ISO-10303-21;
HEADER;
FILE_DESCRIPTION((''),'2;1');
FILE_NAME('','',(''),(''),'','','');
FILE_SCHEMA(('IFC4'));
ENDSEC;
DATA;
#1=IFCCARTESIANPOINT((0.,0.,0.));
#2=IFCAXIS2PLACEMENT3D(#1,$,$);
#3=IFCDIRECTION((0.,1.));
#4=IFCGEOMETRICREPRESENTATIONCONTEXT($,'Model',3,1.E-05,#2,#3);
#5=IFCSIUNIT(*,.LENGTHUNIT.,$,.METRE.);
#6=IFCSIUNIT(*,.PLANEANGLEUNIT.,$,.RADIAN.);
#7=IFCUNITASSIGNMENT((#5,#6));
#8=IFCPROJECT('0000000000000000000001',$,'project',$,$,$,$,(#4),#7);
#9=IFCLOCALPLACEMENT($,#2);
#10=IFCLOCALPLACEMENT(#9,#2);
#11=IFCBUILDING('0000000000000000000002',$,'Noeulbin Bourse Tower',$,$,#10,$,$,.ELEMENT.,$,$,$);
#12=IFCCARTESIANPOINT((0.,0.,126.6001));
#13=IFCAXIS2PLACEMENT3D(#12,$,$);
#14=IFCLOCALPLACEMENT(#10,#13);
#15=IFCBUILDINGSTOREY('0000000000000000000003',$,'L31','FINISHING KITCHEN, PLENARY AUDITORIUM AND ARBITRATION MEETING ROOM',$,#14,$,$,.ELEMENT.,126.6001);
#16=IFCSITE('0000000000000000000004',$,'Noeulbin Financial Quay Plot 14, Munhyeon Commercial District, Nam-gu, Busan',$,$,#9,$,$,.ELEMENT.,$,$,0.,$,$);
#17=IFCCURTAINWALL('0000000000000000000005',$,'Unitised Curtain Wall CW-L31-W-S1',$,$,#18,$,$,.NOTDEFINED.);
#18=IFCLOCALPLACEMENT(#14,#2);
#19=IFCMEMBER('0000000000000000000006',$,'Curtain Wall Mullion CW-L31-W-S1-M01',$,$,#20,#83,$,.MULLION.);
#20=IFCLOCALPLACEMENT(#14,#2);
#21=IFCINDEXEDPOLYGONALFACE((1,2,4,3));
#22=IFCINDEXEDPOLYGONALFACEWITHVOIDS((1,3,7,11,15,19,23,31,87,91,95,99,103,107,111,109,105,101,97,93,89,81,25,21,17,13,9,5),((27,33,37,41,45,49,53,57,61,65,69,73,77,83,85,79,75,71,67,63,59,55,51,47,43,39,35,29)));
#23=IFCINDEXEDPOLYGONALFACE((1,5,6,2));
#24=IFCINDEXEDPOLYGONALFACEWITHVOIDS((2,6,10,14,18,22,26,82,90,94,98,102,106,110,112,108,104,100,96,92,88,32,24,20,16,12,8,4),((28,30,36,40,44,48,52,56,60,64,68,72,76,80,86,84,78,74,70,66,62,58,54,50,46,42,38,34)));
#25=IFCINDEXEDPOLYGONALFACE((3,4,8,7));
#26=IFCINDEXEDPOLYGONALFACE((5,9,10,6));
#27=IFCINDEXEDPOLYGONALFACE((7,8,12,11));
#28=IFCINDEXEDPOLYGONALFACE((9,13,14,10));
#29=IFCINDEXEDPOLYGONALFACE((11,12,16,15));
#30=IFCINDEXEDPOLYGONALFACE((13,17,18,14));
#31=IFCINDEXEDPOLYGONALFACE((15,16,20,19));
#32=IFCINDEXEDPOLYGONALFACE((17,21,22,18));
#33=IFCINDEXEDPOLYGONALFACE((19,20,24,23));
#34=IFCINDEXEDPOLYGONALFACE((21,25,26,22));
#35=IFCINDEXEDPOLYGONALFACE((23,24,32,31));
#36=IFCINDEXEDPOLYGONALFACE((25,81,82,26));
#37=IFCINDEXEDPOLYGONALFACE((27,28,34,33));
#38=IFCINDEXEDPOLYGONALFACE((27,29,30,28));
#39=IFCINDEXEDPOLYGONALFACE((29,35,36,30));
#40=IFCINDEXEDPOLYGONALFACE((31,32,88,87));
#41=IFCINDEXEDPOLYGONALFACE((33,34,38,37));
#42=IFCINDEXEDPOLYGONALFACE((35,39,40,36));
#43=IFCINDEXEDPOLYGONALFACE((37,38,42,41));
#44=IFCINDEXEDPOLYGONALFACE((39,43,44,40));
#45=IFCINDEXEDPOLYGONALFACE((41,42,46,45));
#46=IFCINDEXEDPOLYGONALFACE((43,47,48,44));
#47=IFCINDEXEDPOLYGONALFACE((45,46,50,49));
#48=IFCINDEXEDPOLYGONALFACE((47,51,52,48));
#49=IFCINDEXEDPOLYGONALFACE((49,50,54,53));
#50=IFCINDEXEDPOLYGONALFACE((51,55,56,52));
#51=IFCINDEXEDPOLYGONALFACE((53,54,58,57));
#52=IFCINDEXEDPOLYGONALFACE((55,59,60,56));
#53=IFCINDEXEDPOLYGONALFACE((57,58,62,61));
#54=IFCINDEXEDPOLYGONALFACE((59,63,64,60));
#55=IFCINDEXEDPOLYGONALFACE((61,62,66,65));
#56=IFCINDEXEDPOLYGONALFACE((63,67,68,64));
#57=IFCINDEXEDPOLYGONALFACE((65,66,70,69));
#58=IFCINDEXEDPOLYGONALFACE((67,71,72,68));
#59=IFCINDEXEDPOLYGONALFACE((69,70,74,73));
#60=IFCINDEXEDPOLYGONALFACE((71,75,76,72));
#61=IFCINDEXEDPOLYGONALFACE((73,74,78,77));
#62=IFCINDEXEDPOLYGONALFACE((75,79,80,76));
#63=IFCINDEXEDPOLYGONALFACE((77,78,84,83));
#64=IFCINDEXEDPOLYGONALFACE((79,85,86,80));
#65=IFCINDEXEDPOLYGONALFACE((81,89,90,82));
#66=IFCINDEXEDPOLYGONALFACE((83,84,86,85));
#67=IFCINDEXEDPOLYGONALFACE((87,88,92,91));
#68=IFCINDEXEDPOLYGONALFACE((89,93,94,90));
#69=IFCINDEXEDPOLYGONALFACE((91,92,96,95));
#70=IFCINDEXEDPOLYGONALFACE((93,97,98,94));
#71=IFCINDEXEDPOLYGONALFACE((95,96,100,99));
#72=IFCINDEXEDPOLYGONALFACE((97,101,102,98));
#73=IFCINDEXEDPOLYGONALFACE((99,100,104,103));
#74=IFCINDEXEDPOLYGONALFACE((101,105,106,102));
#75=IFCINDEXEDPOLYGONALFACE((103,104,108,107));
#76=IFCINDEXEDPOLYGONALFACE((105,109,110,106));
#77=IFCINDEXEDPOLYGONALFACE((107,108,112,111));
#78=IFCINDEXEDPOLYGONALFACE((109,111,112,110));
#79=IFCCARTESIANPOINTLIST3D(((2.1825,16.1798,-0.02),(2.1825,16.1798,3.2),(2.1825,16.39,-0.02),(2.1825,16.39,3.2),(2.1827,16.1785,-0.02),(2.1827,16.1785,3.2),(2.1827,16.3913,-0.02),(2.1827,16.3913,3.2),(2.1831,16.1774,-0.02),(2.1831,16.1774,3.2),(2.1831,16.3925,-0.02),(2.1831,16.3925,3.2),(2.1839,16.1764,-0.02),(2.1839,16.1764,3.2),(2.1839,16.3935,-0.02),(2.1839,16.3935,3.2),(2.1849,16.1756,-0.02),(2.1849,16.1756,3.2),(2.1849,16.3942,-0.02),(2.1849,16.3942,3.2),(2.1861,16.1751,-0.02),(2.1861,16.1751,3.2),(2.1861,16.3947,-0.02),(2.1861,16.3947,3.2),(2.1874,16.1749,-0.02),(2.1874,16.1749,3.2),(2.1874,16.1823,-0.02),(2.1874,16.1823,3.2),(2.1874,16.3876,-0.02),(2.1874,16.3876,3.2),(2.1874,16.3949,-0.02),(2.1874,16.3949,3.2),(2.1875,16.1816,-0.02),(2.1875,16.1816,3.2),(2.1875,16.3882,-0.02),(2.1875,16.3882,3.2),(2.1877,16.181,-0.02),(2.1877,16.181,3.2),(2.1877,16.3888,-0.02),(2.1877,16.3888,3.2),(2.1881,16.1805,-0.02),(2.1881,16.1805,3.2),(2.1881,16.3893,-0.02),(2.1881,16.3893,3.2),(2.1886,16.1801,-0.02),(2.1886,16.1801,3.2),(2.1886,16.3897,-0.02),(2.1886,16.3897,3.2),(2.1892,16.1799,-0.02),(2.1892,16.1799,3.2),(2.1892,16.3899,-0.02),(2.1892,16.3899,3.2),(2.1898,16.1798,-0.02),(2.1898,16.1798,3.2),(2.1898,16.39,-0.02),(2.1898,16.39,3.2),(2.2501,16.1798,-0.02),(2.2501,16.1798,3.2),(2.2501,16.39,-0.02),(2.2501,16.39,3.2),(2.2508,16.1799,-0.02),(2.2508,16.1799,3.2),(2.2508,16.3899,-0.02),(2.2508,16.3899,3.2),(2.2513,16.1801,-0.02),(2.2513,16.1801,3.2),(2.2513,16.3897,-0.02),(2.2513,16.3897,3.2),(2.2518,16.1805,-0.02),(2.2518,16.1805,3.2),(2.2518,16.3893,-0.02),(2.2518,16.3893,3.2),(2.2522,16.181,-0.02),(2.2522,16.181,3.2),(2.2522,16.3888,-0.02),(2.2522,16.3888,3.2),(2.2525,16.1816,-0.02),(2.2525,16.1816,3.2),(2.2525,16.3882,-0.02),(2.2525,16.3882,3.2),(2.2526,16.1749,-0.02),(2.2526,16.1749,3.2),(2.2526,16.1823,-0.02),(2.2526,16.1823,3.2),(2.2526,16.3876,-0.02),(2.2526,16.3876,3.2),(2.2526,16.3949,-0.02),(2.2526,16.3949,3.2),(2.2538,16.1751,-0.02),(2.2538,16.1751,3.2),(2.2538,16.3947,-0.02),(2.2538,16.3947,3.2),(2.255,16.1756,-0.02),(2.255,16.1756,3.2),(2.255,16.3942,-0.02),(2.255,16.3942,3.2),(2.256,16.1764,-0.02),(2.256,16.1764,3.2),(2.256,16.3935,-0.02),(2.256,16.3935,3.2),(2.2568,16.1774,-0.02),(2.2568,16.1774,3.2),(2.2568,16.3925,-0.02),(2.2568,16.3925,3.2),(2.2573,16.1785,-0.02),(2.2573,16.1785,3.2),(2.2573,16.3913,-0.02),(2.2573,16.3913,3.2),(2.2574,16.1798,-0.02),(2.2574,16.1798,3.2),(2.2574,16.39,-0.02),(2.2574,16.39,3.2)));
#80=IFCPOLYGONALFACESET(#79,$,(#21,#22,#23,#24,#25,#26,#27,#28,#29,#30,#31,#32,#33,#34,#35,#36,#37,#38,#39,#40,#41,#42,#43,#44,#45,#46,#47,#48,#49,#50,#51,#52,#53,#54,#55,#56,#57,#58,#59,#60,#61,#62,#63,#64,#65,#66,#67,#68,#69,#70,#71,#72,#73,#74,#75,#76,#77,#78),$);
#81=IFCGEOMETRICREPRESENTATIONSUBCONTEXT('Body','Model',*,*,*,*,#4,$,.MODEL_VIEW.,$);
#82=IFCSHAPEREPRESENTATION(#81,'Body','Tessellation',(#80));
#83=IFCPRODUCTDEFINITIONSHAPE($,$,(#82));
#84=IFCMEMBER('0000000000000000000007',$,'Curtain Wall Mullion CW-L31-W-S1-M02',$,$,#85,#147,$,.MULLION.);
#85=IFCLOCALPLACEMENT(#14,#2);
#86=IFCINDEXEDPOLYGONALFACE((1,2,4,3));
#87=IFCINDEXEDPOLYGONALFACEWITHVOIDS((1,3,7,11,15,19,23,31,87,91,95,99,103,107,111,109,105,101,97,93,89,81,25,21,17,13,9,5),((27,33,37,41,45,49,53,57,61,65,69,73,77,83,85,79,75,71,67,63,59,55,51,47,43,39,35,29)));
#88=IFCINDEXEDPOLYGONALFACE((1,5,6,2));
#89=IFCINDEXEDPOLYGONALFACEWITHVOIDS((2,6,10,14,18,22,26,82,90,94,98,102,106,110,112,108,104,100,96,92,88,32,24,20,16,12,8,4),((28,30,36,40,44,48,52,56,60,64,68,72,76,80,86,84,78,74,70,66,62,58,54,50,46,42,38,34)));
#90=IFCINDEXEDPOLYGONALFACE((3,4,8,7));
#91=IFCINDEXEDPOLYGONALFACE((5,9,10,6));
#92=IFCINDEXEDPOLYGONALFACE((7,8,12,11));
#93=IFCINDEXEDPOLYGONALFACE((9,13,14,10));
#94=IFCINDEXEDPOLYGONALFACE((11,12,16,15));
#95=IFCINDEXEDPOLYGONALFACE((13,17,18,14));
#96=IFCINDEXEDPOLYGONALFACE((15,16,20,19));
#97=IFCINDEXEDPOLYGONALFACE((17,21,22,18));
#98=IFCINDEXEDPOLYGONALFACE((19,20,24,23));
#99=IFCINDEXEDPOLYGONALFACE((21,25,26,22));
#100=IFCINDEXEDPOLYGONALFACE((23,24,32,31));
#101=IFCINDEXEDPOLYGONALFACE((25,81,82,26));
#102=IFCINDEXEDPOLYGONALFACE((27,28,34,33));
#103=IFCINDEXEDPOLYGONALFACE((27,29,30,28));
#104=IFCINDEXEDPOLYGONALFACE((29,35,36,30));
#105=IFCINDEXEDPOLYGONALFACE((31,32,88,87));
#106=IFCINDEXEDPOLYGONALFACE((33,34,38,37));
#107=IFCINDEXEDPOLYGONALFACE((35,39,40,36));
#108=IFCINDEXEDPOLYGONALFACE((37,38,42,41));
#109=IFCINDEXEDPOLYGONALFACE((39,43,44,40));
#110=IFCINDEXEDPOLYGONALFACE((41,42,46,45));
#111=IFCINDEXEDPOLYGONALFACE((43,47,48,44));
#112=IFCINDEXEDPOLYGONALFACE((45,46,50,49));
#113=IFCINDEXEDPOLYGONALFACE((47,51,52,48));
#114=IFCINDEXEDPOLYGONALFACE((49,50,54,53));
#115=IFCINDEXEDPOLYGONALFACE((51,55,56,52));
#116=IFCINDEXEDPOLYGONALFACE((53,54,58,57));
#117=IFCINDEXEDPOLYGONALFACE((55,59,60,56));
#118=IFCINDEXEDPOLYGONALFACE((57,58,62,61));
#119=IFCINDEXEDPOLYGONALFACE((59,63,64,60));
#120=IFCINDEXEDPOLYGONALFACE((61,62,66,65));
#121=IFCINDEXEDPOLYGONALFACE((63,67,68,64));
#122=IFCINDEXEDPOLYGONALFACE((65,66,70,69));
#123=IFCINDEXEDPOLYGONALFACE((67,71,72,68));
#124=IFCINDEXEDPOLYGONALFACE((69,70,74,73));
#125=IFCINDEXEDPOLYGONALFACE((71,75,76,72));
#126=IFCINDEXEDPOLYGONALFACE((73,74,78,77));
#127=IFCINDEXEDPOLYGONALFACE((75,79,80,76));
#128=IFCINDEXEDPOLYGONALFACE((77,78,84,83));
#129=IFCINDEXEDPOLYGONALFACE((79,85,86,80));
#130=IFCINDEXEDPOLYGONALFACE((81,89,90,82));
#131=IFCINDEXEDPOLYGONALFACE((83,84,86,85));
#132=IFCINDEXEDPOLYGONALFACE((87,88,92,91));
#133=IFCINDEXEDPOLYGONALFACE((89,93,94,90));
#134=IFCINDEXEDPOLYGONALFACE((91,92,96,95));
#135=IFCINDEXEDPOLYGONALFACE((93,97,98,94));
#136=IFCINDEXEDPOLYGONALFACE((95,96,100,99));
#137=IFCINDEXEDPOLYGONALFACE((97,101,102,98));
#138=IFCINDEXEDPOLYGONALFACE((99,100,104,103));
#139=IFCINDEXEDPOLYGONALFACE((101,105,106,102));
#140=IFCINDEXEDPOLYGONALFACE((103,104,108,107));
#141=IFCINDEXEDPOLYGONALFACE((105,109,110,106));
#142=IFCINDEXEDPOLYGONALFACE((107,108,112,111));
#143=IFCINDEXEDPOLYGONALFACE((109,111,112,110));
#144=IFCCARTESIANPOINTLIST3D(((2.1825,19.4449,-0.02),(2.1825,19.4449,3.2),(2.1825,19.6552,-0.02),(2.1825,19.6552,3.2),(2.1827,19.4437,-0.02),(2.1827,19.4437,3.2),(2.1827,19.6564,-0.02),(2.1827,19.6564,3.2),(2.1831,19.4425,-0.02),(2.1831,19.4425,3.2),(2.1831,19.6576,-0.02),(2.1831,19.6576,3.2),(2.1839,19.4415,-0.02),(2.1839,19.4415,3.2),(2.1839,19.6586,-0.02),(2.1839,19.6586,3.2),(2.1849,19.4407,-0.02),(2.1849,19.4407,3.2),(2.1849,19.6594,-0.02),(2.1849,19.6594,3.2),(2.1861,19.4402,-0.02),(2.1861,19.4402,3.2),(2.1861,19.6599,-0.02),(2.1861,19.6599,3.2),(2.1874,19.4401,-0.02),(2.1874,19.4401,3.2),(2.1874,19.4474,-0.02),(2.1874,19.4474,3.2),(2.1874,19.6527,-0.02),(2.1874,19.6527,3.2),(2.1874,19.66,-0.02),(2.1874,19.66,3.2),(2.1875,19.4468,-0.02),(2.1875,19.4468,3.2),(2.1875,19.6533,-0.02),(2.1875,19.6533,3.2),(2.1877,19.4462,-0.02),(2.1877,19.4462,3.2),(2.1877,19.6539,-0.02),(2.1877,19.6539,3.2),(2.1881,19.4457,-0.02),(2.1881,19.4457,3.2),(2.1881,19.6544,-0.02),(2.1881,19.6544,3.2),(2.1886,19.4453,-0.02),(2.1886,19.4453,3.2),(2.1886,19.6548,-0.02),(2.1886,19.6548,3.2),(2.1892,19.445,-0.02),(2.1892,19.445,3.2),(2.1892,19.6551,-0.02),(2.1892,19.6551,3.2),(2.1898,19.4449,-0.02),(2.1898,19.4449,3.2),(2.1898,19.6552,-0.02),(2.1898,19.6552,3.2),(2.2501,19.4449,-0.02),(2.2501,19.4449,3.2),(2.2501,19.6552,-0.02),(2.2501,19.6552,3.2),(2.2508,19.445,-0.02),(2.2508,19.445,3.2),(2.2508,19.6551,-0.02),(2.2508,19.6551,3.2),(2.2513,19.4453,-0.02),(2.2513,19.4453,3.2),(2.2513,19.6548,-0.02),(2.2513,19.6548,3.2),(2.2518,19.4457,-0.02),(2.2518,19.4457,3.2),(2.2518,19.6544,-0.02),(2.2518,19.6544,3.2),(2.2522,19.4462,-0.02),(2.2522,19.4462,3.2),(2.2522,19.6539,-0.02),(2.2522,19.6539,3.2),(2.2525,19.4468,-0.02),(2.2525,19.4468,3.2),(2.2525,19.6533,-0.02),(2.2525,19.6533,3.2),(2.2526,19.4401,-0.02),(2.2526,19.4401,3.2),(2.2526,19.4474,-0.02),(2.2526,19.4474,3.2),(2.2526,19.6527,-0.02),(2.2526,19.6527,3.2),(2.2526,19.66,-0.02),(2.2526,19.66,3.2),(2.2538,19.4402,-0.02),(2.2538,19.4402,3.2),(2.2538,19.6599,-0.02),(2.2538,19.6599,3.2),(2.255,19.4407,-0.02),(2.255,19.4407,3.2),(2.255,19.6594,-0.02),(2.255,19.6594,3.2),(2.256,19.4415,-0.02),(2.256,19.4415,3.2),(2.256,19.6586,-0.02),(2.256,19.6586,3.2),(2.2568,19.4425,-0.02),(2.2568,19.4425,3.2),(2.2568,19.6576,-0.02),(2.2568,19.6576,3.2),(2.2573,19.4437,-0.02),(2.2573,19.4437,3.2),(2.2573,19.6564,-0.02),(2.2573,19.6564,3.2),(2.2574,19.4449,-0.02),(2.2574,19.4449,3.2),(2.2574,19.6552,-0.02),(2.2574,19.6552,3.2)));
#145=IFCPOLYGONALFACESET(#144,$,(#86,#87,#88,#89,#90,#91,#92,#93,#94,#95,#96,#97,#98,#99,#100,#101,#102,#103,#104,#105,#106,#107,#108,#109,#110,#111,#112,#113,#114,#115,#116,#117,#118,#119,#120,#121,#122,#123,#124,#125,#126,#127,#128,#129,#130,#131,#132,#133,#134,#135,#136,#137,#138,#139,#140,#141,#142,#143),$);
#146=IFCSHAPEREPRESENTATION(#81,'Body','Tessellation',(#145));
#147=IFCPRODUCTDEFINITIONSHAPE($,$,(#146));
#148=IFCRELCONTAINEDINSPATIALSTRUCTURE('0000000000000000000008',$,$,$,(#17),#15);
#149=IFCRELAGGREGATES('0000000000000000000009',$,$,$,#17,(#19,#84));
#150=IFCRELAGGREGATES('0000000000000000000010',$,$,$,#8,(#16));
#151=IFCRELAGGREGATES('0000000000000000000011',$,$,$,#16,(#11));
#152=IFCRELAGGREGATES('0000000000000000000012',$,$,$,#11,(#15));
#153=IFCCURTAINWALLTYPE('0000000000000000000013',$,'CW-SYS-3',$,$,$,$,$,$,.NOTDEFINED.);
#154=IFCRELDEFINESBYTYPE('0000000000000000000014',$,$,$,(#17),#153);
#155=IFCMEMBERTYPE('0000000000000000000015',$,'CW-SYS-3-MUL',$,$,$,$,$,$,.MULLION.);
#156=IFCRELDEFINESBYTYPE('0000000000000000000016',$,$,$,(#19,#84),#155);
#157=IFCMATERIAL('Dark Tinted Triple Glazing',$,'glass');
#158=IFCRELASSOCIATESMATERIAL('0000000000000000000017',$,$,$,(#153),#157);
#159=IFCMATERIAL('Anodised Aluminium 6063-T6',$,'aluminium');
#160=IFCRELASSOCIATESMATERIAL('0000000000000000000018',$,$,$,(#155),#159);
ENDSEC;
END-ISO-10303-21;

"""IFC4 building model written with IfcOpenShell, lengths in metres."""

from ifc_helpers import new_model, si_unit, direction, frame, origin, origin_2d, place, context, subcontext, project, spatial, hollow_rectangle, extrude, material, material_profile, profile_set, type_object, element, aggregate, save


model = new_model("IFC4")

# Units and contexts
model_context = context("Model", 3, precision=1e-05, world=origin(), true_north=direction((0.0, 1.0)))
body_context = subcontext(model_context, "Body", "Model", "MODEL_VIEW")
ifc_project = project(units=[si_unit("LENGTHUNIT", "METRE"), si_unit("PLANEANGLEUNIT", "RADIAN")], contexts=[model_context])

# Site, building, storey
site_placement = place(None, origin())
site = spatial("IfcSite", under=ifc_project, at=site_placement, Name="Noeulbin Financial Quay Plot 14, Munhyeon Commercial District, Nam-gu, Busan", CompositionType="ELEMENT", RefElevation=0.0)
building_placement = place(site_placement, origin())
building = spatial("IfcBuilding", under=site, at=building_placement, Name="Noeulbin Bourse Tower", CompositionType="ELEMENT")
storey_placement = place(building_placement, frame((0.0, 0.0, 126.6001)))
storey = spatial("IfcBuildingStorey", under=building, at=storey_placement, Name="L31", Description="FINISHING KITCHEN, PLENARY AUDITORIUM AND ARBITRATION MEETING ROOM", CompositionType="ELEMENT", Elevation=126.6001)

# Curtain wall, members
ifc_material_1 = material(Name="Dark Tinted Triple Glazing", Category="glass")
curtain_wall_type = type_object("IfcCurtainWallType", Name="CW-SYS-3", PredefinedType="NOTDEFINED", material=ifc_material_1)
curtain_wall_placement = place(storey_placement, origin())
curtain_wall = element("IfcCurtainWall", 1, at=curtain_wall_placement, inside=storey, type_object=curtain_wall_type, Name="Unitised Curtain Wall CW-L31-W-S1", PredefinedType="NOTDEFINED")
ifc_material_2 = material(Name="Anodised Aluminium 6063-T6", Category="aluminium")
ifc_material_profile_1 = material_profile(ifc_material_2, hollow_rectangle(XDim=0.075, YDim=0.22, WallThickness=0.0049, InnerFilletRadius=0.0024, OuterFilletRadius=0.0049, at=origin_2d()), Name="ALU-MULL-75x220x5", Category="LoadBearing")
ifc_profile_set_1 = profile_set([ifc_material_profile_1], Name="Anodised Aluminium 6063-T6")
member_type_1 = type_object("IfcMemberType", Name="CW-SYS-3-MUL", PredefinedType="MULLION", material=ifc_profile_set_1)
member_1_placement = place(storey_placement, frame((2.22, 16.2849, -0.02), z_axis=(0.0, 0.0, 1.0), x_axis=(1.0, 0.0, 0.0)))
member_1 = element("IfcMember", 2, at=member_1_placement, type_object=member_type_1, Name="Curtain Wall Mullion CW-L31-W-S1-M01", PredefinedType="MULLION", context=body_context, shape_type="SweptSolid", body=[
    extrude(hollow_rectangle(XDim=0.075, YDim=0.22, WallThickness=0.0049, InnerFilletRadius=0.0024, OuterFilletRadius=0.0049, at=origin_2d()), origin(), (0.0, 0.0, 1.0), 3.22),
])
member_2_placement = place(storey_placement, frame((2.22, 19.55, -0.02), z_axis=(0.0, 0.0, 1.0), x_axis=(1.0, 0.0, 0.0)))
member_2 = element("IfcMember", 3, at=member_2_placement, type_object=member_type_1, Name="Curtain Wall Mullion CW-L31-W-S1-M02", PredefinedType="MULLION", context=body_context, shape_type="SweptSolid", body=[
    extrude(hollow_rectangle(XDim=0.075, YDim=0.22, WallThickness=0.0049, InnerFilletRadius=0.0024, OuterFilletRadius=0.0049, at=origin_2d()), origin(), (0.0, 0.0, 1.0), 3.22),
])
aggregate(curtain_wall, [member_1, member_2])

save(model, "model.ifc")
